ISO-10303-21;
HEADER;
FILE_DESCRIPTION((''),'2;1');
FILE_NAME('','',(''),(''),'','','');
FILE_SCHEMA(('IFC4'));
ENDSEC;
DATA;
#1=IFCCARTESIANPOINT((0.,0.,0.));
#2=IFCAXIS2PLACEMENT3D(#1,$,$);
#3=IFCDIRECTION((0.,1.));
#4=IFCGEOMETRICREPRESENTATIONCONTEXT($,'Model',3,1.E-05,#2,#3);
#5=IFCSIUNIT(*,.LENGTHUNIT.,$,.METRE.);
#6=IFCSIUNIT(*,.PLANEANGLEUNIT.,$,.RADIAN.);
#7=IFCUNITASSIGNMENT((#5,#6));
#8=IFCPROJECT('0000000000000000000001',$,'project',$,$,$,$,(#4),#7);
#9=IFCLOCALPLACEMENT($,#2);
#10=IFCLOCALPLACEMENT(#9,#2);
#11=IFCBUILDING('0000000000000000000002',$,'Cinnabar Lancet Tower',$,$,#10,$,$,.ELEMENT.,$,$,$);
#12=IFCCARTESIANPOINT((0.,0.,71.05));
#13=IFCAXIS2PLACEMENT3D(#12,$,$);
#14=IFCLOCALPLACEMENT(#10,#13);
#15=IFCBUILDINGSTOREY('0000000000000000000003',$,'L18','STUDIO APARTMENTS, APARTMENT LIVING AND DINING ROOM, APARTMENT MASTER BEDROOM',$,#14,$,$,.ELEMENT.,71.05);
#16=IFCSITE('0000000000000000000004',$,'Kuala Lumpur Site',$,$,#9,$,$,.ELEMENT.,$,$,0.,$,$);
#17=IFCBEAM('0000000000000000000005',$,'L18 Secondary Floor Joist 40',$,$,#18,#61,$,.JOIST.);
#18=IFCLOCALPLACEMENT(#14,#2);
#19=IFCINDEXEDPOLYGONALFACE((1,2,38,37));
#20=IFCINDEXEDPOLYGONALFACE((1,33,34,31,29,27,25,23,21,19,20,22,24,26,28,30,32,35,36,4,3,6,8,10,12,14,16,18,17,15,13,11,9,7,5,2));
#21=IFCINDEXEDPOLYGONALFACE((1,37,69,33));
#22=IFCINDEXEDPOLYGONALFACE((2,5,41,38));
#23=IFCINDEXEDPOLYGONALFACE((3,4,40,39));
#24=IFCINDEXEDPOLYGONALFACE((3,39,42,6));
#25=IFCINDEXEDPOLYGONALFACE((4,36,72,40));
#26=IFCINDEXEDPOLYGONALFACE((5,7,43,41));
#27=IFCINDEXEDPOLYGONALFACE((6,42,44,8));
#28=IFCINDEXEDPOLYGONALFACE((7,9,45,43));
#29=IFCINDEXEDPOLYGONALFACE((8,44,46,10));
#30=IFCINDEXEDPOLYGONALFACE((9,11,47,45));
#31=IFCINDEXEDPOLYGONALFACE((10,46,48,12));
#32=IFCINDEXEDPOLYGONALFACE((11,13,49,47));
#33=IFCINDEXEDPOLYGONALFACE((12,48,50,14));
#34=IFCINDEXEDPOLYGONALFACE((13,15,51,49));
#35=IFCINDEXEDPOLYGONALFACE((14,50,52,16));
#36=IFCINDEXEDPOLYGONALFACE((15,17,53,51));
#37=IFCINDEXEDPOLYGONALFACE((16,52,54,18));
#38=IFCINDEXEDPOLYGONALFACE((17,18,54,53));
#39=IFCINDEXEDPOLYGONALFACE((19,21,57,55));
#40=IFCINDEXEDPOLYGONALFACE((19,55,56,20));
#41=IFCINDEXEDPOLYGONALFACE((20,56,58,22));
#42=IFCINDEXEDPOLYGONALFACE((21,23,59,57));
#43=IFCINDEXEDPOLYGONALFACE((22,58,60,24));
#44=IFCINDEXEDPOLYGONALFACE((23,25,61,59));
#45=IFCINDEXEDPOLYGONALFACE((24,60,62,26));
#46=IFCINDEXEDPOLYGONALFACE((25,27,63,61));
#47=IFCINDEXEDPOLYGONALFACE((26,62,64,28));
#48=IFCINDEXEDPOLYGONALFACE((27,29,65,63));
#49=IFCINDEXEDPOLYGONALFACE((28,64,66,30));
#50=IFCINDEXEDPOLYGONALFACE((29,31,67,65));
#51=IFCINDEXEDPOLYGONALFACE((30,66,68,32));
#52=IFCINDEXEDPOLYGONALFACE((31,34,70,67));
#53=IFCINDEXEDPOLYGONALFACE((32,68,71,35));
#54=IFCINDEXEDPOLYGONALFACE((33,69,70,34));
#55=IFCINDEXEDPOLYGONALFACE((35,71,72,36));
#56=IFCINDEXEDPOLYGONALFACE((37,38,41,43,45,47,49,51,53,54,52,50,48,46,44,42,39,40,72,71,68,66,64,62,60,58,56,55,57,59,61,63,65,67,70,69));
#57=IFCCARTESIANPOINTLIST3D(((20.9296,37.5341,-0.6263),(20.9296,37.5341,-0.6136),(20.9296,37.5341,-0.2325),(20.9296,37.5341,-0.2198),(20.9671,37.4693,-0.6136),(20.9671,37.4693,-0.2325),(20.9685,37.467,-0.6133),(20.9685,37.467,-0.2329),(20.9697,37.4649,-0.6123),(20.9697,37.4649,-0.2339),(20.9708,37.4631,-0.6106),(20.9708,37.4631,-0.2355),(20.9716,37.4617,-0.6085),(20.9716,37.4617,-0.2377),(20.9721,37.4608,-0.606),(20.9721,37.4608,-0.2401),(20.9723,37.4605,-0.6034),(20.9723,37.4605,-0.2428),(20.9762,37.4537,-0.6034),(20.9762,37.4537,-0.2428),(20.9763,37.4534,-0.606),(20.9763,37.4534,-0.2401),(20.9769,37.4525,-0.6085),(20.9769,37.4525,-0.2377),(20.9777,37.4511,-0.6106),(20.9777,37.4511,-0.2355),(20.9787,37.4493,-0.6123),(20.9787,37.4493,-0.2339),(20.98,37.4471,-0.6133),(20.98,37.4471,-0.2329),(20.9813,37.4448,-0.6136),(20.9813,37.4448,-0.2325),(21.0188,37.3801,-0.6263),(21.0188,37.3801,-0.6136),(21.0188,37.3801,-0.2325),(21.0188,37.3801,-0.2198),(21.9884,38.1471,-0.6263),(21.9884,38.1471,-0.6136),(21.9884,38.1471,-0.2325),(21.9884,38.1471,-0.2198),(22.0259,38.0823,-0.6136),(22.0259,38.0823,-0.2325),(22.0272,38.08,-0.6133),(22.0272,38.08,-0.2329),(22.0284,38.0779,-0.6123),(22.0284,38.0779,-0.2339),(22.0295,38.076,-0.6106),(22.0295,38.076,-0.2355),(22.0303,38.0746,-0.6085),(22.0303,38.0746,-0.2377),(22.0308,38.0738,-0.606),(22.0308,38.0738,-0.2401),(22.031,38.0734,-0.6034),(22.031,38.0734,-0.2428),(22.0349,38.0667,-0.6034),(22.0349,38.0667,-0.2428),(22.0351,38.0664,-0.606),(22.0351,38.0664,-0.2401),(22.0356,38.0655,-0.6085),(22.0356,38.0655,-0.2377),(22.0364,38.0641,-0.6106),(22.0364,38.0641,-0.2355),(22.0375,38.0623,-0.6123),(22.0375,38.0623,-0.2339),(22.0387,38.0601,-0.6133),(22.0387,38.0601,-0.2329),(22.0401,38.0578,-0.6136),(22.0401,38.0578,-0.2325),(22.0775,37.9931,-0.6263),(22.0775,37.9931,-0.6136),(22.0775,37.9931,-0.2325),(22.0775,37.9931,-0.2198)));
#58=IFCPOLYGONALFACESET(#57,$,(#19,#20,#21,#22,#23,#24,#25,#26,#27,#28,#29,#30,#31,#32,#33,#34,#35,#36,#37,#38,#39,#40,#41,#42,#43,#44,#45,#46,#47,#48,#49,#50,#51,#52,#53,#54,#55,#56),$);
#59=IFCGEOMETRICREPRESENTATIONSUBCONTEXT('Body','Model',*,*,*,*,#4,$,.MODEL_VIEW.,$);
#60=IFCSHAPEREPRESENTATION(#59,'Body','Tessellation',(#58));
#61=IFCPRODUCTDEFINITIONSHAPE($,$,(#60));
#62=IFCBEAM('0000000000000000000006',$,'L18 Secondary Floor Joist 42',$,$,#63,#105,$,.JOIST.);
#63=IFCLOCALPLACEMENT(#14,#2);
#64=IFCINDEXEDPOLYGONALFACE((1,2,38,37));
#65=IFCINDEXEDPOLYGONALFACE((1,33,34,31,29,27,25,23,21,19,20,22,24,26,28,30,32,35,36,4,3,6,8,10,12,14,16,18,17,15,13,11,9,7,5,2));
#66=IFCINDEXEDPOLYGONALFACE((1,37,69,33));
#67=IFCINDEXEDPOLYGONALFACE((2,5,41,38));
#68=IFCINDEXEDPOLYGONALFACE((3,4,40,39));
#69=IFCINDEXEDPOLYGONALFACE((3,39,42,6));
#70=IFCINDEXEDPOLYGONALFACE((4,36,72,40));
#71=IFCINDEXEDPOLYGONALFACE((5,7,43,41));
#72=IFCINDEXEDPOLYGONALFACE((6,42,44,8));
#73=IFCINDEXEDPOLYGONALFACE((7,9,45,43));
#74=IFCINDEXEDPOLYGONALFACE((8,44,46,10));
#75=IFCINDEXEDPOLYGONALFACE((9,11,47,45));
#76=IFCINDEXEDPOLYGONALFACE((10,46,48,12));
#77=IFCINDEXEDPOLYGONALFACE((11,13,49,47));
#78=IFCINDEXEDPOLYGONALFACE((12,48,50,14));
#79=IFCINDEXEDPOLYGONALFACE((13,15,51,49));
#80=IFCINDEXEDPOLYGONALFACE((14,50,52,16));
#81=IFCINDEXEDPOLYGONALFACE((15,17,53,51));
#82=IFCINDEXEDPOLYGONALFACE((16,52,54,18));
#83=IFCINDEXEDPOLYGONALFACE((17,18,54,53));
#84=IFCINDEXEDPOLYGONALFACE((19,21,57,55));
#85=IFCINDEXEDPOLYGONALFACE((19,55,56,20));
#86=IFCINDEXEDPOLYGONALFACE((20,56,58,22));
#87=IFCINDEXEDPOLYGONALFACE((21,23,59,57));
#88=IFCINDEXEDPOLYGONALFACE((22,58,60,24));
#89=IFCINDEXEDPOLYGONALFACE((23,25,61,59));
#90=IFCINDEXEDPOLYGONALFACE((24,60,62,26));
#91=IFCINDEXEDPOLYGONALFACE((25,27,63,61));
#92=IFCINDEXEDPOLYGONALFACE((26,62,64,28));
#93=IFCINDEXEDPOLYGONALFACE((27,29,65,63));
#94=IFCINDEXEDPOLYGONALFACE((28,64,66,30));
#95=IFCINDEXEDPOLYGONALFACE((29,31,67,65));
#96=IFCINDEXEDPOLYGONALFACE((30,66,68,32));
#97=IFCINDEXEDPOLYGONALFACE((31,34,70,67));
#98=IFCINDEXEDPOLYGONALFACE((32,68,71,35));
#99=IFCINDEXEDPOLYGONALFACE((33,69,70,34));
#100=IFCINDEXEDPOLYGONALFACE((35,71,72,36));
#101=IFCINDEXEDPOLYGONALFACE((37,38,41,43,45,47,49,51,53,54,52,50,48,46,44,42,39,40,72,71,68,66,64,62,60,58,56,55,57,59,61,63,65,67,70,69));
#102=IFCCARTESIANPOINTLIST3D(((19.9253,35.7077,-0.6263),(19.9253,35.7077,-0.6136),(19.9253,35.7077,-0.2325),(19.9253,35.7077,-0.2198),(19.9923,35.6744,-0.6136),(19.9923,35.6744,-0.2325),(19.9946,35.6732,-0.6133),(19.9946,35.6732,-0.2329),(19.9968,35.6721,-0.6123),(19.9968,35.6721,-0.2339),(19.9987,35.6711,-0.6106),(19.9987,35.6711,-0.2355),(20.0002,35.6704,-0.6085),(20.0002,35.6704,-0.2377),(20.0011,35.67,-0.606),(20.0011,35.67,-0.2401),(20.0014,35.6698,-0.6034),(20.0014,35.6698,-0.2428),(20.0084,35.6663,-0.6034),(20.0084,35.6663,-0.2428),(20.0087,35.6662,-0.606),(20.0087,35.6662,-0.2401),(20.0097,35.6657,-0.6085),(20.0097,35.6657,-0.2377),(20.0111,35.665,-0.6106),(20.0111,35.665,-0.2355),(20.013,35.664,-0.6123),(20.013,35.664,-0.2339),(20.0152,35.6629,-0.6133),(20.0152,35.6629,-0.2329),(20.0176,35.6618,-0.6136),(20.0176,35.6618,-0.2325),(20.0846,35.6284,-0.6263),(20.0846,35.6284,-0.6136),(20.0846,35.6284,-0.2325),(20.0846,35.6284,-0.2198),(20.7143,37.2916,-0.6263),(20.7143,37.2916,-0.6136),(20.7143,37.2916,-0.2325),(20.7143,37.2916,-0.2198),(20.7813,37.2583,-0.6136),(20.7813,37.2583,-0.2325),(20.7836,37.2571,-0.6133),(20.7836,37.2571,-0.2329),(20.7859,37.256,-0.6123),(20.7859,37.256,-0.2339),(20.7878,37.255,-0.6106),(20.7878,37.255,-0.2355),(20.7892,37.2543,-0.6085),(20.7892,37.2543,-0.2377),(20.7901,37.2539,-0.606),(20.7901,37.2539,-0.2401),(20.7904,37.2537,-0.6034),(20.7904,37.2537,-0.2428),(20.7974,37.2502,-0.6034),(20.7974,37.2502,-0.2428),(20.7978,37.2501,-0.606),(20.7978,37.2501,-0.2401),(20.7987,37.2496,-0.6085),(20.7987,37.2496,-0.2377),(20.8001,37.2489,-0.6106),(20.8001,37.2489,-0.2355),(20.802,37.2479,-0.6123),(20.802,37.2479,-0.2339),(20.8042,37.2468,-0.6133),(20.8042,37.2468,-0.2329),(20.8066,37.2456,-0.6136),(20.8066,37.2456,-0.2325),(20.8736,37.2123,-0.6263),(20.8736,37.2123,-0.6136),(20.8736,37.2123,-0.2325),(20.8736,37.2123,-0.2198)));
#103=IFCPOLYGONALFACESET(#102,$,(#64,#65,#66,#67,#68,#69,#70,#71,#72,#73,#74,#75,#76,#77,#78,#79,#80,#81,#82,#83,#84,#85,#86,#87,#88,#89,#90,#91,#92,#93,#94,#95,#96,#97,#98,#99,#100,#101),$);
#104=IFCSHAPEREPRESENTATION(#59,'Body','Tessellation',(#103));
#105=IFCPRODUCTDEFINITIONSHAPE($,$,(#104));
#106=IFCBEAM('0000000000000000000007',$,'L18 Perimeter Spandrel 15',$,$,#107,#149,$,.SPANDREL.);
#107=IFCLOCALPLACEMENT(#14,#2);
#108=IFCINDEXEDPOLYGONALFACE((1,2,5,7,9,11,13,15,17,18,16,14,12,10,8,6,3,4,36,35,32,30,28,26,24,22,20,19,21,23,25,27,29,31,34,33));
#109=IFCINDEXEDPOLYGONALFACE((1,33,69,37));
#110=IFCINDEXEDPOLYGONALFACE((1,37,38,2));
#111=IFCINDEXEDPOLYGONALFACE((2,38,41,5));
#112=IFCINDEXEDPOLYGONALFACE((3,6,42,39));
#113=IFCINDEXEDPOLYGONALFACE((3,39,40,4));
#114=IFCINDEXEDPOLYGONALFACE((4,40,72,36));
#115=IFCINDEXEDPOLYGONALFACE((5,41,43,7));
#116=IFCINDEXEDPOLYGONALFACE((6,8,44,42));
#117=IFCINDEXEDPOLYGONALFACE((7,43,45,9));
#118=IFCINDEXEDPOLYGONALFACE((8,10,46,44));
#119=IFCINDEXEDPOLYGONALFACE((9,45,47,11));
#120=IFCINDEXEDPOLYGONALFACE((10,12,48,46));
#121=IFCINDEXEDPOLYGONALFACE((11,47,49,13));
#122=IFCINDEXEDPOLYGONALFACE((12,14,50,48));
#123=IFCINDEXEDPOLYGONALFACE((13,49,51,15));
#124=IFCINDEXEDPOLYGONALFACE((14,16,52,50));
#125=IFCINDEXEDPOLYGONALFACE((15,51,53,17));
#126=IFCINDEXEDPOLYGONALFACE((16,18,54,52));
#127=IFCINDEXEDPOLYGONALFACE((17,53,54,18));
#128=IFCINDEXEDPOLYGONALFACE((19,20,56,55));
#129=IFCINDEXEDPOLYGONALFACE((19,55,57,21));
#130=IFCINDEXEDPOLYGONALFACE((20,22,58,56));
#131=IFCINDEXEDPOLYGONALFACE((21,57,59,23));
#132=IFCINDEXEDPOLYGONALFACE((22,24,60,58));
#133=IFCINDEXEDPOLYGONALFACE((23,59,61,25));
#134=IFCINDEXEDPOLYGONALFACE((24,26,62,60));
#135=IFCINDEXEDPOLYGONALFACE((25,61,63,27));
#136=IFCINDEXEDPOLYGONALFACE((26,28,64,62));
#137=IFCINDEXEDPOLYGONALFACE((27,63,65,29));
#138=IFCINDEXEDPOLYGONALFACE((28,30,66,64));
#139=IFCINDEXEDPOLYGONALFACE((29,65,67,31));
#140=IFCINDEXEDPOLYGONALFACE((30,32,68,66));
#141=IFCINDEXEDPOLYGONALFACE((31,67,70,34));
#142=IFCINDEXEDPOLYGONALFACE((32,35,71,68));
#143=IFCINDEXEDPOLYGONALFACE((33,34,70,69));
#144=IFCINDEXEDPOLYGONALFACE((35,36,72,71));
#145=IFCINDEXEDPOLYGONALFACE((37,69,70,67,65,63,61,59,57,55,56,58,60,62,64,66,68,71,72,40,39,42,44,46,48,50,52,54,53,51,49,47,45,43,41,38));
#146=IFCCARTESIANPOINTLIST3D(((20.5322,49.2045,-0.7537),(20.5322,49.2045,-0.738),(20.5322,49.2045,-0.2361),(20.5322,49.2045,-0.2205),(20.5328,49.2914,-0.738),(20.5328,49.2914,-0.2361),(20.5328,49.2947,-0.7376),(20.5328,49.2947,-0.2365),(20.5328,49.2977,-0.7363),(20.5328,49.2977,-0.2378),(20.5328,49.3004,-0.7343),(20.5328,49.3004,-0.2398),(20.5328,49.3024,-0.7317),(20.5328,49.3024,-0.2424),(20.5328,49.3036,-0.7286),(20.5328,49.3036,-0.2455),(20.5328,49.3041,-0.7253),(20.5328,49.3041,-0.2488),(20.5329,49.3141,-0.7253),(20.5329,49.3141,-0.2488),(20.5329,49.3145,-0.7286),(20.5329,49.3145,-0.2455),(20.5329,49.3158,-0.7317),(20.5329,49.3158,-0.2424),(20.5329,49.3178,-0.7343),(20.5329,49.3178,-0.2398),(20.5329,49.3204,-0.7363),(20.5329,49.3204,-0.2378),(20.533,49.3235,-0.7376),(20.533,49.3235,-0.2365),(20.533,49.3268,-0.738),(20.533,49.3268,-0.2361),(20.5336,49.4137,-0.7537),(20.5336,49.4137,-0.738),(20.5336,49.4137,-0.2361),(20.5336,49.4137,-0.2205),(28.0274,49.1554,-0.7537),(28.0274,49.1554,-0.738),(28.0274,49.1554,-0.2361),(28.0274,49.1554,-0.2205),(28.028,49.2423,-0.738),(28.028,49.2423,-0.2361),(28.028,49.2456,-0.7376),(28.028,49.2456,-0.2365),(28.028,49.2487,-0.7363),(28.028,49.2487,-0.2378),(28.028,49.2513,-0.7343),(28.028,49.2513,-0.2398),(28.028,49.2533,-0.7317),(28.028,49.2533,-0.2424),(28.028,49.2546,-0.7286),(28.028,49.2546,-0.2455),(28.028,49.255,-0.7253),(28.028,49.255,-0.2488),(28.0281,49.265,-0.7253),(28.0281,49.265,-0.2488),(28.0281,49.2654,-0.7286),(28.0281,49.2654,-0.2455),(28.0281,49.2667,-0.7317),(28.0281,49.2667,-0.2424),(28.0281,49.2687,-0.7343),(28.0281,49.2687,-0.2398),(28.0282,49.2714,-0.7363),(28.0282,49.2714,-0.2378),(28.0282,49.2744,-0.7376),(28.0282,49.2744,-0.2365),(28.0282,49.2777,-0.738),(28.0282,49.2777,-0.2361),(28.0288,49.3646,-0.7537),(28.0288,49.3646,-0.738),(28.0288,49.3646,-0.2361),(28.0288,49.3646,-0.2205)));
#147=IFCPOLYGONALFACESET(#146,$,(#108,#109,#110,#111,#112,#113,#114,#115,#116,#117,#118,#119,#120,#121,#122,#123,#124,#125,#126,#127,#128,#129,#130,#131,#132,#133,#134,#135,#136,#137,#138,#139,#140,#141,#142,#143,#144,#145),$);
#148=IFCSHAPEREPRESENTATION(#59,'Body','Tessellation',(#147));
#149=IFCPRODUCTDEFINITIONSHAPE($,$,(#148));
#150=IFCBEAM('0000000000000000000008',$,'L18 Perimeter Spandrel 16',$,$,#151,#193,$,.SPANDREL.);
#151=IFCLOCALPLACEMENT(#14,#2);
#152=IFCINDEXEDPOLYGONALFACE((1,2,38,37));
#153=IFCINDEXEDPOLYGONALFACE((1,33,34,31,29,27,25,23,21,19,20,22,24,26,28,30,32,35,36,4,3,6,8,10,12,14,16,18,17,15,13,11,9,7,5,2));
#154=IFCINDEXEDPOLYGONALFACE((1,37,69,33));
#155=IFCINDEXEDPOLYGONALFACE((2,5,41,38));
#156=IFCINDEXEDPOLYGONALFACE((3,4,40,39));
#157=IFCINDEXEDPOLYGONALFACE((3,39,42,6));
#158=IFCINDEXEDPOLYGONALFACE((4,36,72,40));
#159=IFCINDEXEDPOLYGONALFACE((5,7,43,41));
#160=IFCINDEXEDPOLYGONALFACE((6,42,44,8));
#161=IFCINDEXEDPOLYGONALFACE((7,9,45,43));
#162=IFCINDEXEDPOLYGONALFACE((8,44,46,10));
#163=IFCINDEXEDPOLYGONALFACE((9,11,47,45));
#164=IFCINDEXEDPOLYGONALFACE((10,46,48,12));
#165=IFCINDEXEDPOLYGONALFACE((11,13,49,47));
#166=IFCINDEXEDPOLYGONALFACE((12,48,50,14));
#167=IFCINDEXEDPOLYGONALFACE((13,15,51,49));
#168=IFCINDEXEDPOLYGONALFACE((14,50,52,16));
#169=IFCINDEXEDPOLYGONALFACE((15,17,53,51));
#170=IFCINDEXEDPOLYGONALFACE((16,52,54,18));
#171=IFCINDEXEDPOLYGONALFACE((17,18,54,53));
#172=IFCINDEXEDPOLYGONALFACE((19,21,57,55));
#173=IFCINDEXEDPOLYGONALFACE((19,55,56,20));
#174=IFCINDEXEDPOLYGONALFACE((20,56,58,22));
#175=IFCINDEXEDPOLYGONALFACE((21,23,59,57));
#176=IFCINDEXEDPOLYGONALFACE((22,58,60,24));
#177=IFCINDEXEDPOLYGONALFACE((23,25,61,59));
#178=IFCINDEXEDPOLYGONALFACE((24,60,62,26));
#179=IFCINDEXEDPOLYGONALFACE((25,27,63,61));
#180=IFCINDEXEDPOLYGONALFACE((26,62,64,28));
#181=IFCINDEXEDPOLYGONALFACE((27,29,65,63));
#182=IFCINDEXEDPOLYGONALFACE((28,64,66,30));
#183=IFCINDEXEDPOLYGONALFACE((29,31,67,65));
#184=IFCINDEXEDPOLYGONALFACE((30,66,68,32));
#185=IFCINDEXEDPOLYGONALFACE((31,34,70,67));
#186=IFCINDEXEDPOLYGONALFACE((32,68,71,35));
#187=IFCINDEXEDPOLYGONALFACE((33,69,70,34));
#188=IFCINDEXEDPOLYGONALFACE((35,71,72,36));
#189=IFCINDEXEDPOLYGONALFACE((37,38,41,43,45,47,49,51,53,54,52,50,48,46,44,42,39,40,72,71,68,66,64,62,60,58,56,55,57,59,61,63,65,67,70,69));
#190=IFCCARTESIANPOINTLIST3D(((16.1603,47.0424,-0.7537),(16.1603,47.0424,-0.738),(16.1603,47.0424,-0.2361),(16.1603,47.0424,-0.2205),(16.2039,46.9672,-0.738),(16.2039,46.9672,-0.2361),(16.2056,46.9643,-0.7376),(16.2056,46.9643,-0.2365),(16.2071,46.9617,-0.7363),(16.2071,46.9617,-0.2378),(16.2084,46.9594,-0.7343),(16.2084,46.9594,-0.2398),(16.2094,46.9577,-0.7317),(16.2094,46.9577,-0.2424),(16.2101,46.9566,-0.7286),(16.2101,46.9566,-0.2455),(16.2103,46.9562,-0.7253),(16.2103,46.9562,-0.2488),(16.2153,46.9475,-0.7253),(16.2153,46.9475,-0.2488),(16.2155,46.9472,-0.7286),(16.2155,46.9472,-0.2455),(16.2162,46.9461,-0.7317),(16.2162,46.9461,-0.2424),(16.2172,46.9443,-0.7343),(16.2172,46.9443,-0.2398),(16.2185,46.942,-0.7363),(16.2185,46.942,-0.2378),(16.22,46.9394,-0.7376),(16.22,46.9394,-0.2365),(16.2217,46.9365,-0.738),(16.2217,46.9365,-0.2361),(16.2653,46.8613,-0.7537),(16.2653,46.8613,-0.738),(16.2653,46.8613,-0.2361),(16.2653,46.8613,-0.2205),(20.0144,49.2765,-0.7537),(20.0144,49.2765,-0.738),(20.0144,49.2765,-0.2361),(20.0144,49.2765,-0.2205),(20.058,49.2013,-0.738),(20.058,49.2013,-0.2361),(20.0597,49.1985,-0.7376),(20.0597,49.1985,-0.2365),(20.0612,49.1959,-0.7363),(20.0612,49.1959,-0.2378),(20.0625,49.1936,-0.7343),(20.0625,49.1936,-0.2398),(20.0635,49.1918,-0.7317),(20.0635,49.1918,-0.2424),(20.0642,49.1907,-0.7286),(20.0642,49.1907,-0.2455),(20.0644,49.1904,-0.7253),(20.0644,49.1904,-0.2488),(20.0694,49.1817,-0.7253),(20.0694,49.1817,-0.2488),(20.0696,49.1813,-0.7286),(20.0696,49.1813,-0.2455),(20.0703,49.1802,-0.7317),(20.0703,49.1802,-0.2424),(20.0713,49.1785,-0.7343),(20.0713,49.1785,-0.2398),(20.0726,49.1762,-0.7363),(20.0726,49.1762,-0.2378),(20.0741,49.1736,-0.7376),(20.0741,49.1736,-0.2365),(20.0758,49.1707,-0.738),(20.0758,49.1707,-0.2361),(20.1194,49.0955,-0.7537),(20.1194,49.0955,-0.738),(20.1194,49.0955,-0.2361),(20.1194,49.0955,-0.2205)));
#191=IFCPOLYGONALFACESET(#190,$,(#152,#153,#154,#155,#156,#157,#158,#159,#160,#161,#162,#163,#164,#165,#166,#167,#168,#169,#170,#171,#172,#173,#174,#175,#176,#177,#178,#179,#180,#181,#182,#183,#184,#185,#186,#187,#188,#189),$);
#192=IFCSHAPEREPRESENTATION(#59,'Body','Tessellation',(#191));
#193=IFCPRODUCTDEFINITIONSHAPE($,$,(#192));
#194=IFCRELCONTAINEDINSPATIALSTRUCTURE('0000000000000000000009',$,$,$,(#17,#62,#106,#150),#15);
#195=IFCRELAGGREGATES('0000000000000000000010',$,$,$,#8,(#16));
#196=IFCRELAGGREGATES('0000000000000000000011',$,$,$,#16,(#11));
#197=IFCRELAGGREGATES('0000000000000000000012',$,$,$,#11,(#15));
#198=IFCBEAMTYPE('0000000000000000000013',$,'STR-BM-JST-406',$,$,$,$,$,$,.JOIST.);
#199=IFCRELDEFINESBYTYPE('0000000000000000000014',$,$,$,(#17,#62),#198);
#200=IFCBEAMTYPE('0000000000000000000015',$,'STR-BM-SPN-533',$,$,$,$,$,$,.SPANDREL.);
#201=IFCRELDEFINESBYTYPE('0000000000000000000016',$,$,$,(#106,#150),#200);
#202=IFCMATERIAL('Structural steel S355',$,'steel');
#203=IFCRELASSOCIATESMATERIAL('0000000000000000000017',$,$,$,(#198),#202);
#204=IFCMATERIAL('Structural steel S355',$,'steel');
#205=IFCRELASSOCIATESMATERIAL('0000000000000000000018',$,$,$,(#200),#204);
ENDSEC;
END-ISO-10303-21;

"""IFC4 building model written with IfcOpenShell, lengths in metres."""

from ifc_helpers import new_model, si_unit, direction, frame, origin, origin_2d, place, context, subcontext, project, spatial, i_section, extrude, material, material_profile, profile_set, type_object, element, save


model = new_model("IFC4")

# Units and contexts
model_context = context("Model", 3, precision=1e-05, world=origin(), true_north=direction((0.0, 1.0)))
body_context = subcontext(model_context, "Body", "Model", "MODEL_VIEW")
ifc_project = project(units=[si_unit("LENGTHUNIT", "METRE"), si_unit("PLANEANGLEUNIT", "RADIAN")], contexts=[model_context])

# Site, building, storey
site_placement = place(None, origin())
site = spatial("IfcSite", under=ifc_project, at=site_placement, Name="Kuala Lumpur Site", CompositionType="ELEMENT", RefElevation=0.0)
building_placement = place(site_placement, origin())
building = spatial("IfcBuilding", under=site, at=building_placement, Name="Cinnabar Lancet Tower", CompositionType="ELEMENT")
storey_placement = place(building_placement, frame((0.0, 0.0, 71.05)))
storey = spatial("IfcBuildingStorey", under=building, at=storey_placement, Name="L18", Description="STUDIO APARTMENTS, APARTMENT LIVING AND DINING ROOM, APARTMENT MASTER BEDROOM", CompositionType="ELEMENT", Elevation=71.05)

# Beams
ifc_material_1 = material(Name="Structural steel S355", Category="steel")
ifc_material_profile_1 = material_profile(ifc_material_1, i_section(OverallWidth=0.178, OverallDepth=0.4065, WebThickness=0.0078, FlangeThickness=0.0127, FilletRadius=0.0103, at=origin_2d()), Name="UKB 406x178x60")
ifc_profile_set_1 = profile_set([ifc_material_profile_1], Name="Structural steel S355")
beam_type_1 = type_object("IfcBeamType", Name="STR-BM-JST-406", PredefinedType="JOIST", material=ifc_profile_set_1)
beam_1_placement = place(storey_placement, frame((22.033, 38.0701, -0.4231), z_axis=(-0.865417, -0.501052, 0.0), x_axis=(0.501052, -0.865417, 0.0)))
element("IfcBeam", 1, at=beam_1_placement, inside=storey, type_object=beam_type_1, Name="L18 Secondary Floor Joist 40", PredefinedType="JOIST", context=body_context, shape_type="SweptSolid", body=[
    extrude(i_section(OverallWidth=0.178, OverallDepth=0.4065, WebThickness=0.0078, FlangeThickness=0.0127, FilletRadius=0.0103, at=origin_2d()), origin(), (0.0, 0.0, 1.0), 1.2234),
])
beam_2_placement = place(storey_placement, frame((20.7939, 37.252, -0.4231), z_axis=(-0.445889, -0.895088, 0.0), x_axis=(0.895088, -0.445889, 0.0)))
element("IfcBeam", 2, at=beam_2_placement, inside=storey, type_object=beam_type_1, Name="L18 Secondary Floor Joist 42", PredefinedType="JOIST", context=body_context, shape_type="SweptSolid", body=[
    extrude(i_section(OverallWidth=0.178, OverallDepth=0.4065, WebThickness=0.0078, FlangeThickness=0.0127, FilletRadius=0.0103, at=origin_2d()), origin(), (0.0, 0.0, 1.0), 1.7695),
])
ifc_material_2 = material(Name="Structural steel S355", Category="steel")
ifc_material_profile_2 = material_profile(ifc_material_2, i_section(OverallWidth=0.2092, OverallDepth=0.5332, WebThickness=0.01, FlangeThickness=0.0156, FilletRadius=0.0127, at=origin_2d()), Name="UKB 533x210x92")
ifc_profile_set_2 = profile_set([ifc_material_profile_2], Name="Structural steel S355")
beam_type_2 = type_object("IfcBeamType", Name="STR-BM-SPN-533", PredefinedType="SPANDREL", material=ifc_profile_set_2)
beam_3_placement = place(storey_placement, frame((28.0281, 49.26, -0.4871), z_axis=(-0.999979, 0.006547, 0.0), x_axis=(-0.006547, -0.999979, 0.0)))
element("IfcBeam", 3, at=beam_3_placement, inside=storey, type_object=beam_type_2, Name="L18 Perimeter Spandrel 15", PredefinedType="SPANDREL", context=body_context, shape_type="SweptSolid", body=[
    extrude(i_section(OverallWidth=0.2092, OverallDepth=0.5332, WebThickness=0.01, FlangeThickness=0.0156, FilletRadius=0.0127, at=origin_2d()), origin(), (0.0, 0.0, 1.0), 7.4954),
])
beam_4_placement = place(storey_placement, frame((20.0669, 49.186, -0.4871), z_axis=(-0.865147, -0.501518, 0.0), x_axis=(0.501518, -0.865147, 0.0)))
element("IfcBeam", 4, at=beam_4_placement, inside=storey, type_object=beam_type_2, Name="L18 Perimeter Spandrel 16", PredefinedType="SPANDREL", context=body_context, shape_type="SweptSolid", body=[
    extrude(i_section(OverallWidth=0.2092, OverallDepth=0.5332, WebThickness=0.01, FlangeThickness=0.0156, FilletRadius=0.0127, at=origin_2d()), origin(), (0.0, 0.0, 1.0), 4.4548),
])

save(model, "model.ifc")
